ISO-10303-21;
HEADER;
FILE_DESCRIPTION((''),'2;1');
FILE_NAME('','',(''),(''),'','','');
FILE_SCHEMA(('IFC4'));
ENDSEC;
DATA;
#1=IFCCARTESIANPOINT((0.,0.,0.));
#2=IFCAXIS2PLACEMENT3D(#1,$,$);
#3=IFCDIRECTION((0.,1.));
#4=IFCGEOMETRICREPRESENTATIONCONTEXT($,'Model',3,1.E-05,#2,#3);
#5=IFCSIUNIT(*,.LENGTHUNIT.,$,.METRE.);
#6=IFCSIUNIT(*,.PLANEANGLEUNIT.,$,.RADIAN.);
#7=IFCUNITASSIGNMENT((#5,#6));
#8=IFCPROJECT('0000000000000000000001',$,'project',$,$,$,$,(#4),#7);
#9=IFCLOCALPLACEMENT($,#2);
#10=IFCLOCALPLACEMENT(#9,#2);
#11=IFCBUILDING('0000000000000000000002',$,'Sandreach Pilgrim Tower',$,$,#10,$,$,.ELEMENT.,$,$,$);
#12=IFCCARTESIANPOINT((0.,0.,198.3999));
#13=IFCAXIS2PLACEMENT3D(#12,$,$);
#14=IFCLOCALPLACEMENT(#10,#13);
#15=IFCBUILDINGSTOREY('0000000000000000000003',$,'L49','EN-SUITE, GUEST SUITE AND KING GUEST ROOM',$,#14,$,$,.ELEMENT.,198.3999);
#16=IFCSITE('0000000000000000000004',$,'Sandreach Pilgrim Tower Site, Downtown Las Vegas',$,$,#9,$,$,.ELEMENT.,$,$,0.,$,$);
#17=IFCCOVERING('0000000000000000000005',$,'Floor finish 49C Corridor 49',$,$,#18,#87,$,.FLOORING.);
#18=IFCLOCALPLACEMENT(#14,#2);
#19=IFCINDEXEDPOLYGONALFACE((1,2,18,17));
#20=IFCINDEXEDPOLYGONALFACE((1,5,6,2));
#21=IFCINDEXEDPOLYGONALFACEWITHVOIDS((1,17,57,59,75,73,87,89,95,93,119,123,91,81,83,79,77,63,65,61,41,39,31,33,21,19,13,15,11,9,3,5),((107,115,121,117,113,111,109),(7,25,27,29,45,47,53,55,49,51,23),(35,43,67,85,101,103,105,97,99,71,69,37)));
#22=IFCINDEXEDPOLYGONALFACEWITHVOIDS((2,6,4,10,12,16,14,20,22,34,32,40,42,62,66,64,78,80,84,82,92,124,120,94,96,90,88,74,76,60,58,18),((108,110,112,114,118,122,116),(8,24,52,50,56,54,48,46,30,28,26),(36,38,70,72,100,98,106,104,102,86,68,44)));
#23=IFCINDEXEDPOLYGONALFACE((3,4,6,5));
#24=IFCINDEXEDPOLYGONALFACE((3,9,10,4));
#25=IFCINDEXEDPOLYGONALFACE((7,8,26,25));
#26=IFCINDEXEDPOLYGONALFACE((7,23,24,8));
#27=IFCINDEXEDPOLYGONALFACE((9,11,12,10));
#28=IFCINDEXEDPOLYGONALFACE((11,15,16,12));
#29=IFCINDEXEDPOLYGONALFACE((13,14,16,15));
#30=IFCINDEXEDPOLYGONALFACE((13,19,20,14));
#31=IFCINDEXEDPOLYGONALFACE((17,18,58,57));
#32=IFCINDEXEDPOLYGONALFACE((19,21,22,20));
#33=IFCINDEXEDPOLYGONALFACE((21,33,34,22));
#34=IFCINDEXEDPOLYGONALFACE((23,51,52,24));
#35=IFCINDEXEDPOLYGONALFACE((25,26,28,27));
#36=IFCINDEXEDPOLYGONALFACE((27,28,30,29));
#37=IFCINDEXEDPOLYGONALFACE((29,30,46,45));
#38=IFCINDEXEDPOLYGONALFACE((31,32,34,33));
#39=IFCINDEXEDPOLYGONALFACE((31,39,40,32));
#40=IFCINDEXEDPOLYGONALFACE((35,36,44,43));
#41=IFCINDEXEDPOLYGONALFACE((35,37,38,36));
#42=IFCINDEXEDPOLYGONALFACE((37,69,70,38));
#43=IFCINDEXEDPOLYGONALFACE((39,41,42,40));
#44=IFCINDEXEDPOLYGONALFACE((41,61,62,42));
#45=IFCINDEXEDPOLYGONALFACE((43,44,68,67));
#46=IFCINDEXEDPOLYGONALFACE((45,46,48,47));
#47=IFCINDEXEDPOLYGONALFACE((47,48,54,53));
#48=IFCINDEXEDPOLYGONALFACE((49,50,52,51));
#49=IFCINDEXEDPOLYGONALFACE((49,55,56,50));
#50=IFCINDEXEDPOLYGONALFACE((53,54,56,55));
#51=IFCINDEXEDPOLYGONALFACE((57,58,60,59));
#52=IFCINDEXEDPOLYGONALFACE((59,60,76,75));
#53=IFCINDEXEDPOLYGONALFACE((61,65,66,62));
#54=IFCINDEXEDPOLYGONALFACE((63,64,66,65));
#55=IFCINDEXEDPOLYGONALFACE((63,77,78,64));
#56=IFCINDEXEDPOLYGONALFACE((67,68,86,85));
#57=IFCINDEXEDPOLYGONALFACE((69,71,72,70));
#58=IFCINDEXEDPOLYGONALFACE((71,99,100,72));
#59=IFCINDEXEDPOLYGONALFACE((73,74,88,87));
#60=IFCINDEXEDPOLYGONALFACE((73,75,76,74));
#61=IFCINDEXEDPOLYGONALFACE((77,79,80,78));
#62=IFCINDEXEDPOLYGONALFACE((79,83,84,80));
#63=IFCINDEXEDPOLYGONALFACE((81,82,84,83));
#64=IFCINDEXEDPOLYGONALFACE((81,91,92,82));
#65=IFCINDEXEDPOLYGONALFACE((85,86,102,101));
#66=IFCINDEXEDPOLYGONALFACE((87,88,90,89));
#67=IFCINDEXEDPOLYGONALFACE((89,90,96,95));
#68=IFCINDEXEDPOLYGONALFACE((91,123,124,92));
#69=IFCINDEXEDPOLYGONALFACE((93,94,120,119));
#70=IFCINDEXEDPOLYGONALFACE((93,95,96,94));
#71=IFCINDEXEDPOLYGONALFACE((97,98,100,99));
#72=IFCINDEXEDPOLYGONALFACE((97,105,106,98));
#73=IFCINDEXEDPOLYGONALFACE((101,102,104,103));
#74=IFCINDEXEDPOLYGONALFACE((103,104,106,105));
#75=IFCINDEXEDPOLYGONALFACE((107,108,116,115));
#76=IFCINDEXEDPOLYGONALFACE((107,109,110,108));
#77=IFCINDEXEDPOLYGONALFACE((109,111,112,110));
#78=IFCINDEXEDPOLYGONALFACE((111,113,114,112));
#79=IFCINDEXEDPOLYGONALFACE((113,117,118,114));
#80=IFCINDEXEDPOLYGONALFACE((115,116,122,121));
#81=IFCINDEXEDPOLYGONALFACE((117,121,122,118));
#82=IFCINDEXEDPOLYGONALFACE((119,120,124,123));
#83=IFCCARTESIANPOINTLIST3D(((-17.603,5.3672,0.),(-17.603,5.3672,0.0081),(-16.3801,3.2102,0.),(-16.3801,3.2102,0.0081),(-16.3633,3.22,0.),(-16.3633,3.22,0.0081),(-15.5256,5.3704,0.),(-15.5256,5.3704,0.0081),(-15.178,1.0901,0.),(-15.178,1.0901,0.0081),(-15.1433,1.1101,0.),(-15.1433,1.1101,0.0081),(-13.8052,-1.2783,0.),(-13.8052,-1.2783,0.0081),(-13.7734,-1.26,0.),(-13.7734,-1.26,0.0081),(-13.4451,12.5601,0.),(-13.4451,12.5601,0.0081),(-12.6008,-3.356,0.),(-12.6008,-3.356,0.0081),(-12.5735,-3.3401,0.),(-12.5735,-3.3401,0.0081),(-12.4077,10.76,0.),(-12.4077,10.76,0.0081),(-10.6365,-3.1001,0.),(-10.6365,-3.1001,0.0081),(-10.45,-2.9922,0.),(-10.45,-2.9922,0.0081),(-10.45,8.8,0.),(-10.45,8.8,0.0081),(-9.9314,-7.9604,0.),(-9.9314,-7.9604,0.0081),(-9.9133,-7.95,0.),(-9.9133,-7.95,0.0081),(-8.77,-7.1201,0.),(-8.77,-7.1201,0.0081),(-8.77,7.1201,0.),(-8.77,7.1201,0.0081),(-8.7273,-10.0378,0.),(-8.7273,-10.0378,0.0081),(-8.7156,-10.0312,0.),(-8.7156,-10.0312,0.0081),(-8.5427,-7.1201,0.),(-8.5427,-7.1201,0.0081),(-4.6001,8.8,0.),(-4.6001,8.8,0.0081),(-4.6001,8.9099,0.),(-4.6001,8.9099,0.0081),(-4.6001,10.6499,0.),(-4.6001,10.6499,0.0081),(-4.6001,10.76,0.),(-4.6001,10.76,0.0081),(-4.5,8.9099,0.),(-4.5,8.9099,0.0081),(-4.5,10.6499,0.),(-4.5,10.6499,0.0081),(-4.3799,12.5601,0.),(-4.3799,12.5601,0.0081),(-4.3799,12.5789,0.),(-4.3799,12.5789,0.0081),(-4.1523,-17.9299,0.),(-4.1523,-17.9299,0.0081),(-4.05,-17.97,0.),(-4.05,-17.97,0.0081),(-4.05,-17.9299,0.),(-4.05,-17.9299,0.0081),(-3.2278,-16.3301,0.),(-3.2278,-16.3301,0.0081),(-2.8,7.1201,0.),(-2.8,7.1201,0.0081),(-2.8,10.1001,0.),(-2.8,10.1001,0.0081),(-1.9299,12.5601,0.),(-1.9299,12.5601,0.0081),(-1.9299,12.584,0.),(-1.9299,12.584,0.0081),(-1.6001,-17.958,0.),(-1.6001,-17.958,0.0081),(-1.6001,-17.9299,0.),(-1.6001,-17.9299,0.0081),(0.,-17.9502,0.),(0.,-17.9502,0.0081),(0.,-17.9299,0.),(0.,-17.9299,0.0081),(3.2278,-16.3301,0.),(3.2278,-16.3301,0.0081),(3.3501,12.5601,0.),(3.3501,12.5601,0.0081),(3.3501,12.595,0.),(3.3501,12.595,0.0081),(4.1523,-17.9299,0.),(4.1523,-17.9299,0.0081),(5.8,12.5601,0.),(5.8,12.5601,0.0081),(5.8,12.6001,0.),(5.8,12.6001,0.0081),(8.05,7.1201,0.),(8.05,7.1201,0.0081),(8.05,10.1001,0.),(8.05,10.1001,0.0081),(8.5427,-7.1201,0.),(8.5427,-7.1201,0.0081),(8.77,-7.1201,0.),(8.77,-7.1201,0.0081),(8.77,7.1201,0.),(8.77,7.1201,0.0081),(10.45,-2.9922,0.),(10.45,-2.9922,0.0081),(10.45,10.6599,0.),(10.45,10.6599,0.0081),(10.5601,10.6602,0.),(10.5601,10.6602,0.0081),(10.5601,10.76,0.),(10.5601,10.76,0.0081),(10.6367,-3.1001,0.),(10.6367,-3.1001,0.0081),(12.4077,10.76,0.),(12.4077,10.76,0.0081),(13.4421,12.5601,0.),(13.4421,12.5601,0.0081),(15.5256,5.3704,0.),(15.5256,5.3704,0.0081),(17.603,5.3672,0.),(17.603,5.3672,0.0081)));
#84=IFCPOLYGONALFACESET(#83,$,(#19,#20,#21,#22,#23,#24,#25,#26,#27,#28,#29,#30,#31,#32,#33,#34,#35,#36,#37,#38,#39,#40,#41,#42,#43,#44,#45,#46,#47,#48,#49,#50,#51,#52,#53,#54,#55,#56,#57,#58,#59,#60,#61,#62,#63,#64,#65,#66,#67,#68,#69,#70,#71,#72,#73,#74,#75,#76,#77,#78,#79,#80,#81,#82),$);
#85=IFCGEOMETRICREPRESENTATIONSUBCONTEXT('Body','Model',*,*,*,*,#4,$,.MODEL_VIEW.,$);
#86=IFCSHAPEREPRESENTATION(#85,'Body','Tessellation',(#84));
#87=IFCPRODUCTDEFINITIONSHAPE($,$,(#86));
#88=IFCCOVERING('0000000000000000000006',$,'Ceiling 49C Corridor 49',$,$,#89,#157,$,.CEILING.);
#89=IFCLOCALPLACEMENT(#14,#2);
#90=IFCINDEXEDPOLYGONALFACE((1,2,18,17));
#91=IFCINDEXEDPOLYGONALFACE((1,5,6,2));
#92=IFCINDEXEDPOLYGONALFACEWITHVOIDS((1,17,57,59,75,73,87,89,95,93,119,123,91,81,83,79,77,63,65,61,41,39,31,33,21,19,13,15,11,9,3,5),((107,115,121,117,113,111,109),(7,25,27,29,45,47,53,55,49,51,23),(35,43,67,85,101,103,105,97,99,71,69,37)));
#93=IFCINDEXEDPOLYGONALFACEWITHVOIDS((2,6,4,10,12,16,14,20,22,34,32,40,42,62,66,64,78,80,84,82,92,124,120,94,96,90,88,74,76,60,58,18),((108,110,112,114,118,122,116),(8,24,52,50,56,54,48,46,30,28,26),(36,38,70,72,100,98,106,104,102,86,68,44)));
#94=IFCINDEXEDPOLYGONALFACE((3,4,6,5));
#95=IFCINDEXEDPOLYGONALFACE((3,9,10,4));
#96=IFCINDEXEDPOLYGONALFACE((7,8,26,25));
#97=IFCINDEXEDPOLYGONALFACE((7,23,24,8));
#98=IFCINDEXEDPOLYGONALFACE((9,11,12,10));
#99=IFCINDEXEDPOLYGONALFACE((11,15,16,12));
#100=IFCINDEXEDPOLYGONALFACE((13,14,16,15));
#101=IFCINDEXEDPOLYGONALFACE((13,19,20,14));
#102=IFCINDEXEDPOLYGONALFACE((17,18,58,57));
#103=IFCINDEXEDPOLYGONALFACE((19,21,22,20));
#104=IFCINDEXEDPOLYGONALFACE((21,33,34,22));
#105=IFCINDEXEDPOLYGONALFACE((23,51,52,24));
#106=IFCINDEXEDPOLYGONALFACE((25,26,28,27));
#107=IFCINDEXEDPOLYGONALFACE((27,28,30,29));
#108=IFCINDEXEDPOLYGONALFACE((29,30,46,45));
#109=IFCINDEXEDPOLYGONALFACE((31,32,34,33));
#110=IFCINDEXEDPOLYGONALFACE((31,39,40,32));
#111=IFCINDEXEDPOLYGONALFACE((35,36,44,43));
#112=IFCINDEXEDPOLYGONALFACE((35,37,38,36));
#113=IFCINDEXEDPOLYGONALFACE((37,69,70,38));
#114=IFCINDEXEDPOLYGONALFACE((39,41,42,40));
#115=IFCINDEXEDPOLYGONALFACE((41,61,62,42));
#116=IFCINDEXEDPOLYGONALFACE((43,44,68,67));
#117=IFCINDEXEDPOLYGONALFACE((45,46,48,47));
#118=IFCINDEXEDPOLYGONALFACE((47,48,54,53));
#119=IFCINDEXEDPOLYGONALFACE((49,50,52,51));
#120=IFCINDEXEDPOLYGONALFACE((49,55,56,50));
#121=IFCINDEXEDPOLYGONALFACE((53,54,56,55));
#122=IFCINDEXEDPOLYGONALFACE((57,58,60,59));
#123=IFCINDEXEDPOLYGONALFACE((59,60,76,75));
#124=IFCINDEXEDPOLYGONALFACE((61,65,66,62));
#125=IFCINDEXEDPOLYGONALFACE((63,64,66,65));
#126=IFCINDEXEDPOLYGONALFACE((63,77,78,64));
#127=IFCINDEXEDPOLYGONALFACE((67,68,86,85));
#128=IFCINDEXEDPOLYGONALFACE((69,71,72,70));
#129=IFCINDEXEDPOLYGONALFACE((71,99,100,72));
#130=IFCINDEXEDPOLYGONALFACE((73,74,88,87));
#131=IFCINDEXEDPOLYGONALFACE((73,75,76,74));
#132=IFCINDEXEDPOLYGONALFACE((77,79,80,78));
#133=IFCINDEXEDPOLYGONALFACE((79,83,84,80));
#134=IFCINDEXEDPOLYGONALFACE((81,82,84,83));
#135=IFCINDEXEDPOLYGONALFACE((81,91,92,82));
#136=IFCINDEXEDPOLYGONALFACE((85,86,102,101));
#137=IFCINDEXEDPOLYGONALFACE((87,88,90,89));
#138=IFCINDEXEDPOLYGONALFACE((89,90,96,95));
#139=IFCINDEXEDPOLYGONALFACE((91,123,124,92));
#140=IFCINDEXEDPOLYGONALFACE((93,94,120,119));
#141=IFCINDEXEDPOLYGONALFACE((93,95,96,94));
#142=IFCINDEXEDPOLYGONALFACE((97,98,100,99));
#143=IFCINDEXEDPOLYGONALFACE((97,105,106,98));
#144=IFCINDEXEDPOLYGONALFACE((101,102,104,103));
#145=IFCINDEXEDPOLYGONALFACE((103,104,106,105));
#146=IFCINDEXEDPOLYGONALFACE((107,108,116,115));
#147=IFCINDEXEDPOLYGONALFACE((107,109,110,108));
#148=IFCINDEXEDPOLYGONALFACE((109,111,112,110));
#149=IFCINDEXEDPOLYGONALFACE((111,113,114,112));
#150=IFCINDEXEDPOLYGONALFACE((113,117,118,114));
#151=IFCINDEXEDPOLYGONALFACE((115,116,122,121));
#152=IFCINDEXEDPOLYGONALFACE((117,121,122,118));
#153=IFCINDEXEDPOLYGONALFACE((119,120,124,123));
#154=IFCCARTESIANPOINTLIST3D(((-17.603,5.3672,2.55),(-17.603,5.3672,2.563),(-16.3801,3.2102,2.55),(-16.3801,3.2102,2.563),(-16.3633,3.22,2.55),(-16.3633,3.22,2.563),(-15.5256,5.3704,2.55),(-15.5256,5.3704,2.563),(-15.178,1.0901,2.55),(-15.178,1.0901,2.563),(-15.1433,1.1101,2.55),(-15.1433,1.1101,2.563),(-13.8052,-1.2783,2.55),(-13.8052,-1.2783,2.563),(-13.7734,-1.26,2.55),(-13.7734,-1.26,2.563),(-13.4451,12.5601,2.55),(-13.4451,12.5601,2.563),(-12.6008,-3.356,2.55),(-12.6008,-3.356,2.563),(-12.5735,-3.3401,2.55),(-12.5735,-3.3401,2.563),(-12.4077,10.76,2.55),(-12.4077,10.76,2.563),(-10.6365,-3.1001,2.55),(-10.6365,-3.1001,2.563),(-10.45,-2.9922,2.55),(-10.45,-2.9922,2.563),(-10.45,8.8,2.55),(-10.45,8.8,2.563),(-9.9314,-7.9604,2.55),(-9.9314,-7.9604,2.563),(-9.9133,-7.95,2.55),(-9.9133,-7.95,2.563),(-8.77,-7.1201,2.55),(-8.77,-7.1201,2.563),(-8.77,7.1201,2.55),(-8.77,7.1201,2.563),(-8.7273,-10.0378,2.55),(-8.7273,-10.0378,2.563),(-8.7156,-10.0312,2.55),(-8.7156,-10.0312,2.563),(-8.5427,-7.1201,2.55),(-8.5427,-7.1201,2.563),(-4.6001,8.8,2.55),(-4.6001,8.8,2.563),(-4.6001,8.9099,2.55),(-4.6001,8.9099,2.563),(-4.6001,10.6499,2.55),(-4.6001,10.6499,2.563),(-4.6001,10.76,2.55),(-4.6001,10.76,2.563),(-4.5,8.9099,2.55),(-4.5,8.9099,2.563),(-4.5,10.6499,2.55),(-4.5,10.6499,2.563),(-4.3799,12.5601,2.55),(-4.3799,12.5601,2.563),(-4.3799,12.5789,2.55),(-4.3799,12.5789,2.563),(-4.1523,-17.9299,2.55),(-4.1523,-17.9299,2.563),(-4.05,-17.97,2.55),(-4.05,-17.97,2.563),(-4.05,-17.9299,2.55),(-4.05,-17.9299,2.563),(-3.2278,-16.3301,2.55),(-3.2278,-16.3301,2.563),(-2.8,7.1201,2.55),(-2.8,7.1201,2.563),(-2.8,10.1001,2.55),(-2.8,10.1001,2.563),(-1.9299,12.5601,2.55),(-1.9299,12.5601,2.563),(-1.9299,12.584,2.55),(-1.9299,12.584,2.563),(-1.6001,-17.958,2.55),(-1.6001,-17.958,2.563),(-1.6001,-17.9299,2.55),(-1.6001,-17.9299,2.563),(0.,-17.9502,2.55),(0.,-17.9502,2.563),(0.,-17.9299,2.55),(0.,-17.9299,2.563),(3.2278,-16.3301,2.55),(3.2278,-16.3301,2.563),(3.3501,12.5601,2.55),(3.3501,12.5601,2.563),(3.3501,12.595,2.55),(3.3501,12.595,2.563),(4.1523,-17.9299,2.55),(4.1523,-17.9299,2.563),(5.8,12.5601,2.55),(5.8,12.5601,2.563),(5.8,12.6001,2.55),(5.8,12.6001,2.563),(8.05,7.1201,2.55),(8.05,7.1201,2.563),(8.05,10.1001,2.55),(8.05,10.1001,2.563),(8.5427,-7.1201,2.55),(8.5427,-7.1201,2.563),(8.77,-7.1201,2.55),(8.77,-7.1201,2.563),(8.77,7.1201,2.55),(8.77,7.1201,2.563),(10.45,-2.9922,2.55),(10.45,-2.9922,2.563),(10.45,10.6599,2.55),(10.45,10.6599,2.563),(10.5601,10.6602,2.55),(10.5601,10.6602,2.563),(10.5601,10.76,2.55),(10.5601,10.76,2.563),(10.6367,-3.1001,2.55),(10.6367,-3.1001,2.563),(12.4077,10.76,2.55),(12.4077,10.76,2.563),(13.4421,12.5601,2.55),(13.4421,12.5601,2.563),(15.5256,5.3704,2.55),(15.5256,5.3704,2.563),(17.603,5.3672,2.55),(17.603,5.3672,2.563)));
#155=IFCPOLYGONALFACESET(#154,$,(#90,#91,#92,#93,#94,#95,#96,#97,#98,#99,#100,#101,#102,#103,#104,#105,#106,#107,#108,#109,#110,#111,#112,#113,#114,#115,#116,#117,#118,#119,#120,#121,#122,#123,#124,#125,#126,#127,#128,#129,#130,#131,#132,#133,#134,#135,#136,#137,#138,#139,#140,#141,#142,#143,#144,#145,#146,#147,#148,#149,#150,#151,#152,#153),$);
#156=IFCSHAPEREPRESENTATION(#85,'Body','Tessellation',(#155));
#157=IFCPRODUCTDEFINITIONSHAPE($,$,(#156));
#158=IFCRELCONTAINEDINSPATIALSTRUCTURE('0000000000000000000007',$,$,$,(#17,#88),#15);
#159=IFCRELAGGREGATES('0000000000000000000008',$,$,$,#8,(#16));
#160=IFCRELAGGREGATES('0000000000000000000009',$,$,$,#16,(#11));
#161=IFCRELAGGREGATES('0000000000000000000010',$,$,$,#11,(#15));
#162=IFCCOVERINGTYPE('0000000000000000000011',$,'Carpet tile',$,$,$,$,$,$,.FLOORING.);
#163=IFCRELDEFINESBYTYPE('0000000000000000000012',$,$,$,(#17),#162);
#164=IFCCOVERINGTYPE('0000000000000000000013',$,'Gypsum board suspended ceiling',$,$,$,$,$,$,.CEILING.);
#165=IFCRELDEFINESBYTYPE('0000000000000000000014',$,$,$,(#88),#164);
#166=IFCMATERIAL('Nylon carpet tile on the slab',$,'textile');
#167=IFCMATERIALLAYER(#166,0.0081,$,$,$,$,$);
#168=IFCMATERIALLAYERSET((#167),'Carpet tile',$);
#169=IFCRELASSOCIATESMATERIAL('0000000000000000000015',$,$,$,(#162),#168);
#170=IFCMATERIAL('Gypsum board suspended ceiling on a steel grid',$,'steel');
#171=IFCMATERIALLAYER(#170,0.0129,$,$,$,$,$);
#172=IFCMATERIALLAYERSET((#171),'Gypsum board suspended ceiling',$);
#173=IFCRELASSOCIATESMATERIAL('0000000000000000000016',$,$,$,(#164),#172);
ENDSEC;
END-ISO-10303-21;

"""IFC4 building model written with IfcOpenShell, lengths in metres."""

from ifc_helpers import new_model, si_unit, direction, frame, origin, place, context, subcontext, project, spatial, polyline, outline, extrude, material, layer, layer_set, type_object, element, save


model = new_model("IFC4")

# Units and contexts
model_context = context("Model", 3, precision=1e-05, world=origin(), true_north=direction((0.0, 1.0)))
body_context = subcontext(model_context, "Body", "Model", "MODEL_VIEW")
ifc_project = project(units=[si_unit("LENGTHUNIT", "METRE"), si_unit("PLANEANGLEUNIT", "RADIAN")], contexts=[model_context])

# Site, building, storey
site_placement = place(None, origin())
site = spatial("IfcSite", under=ifc_project, at=site_placement, Name="Sandreach Pilgrim Tower Site, Downtown Las Vegas", CompositionType="ELEMENT", RefElevation=0.0)
building_placement = place(site_placement, origin())
building = spatial("IfcBuilding", under=site, at=building_placement, Name="Sandreach Pilgrim Tower", CompositionType="ELEMENT")
storey_placement = place(building_placement, frame((0.0, 0.0, 198.3999)))
storey = spatial("IfcBuildingStorey", under=building, at=storey_placement, Name="L49", Description="EN-SUITE, GUEST SUITE AND KING GUEST ROOM", CompositionType="ELEMENT", Elevation=198.3999)

# Coverings
ifc_material_1 = material(Name="Nylon carpet tile on the slab", Category="textile")
ifc_layer_1 = layer(ifc_material_1, 0.0081)
ifc_layer_set_1 = layer_set([ifc_layer_1], Name="Carpet tile")
covering_type_1 = type_object("IfcCoveringType", Name="Carpet tile", PredefinedType="FLOORING", material=ifc_layer_set_1)
covering_1_placement = place(storey_placement, origin())
element("IfcCovering", 1, at=covering_1_placement, inside=storey, type_object=covering_type_1, Name="Floor finish 49C Corridor 49", PredefinedType="FLOORING", context=body_context, shape_type="SweptSolid", body=[
    extrude(outline(polyline([(-17.603, 5.3672), (-13.4451, 12.5601), (-4.3799, 12.5601), (-4.3799, 12.5789), (-1.9299, 12.584), (-1.9299, 12.5601), (3.3501, 12.5601), (3.3501, 12.595), (5.8, 12.6001), (5.8, 12.5601), (13.4421, 12.5601), (17.603, 5.3672), (4.1523, -17.9299), (0.0, -17.9502), (0.0, -17.9299), (-1.6001, -17.9299), (-1.6001, -17.958), (-4.05, -17.97), (-4.05, -17.9299), (-4.1523, -17.9299), (-8.7156, -10.0312), (-8.7273, -10.0378), (-9.9314, -7.9604), (-9.9133, -7.95), (-12.5735, -3.3401), (-12.6008, -3.356), (-13.8052, -1.2783), (-13.7734, -1.26), (-15.1433, 1.1101), (-15.178, 1.0901), (-16.3801, 3.2102), (-16.3633, 3.22), (-17.603, 5.3672)]), holes=[polyline([(10.45, 10.6599), (10.45, -2.9922), (10.6367, -3.1001), (15.5256, 5.3704), (12.4077, 10.76), (10.5601, 10.76), (10.5601, 10.6602), (10.45, 10.6599)]), polyline([(-3.2278, -16.3301), (3.2278, -16.3301), (8.5427, -7.1201), (8.77, -7.1201), (8.77, 7.1201), (8.05, 7.1201), (8.05, 10.1001), (-2.8, 10.1001), (-2.8, 7.1201), (-8.77, 7.1201), (-8.77, -7.1201), (-8.5427, -7.1201), (-3.2278, -16.3301)]), polyline([(-15.5256, 5.3704), (-10.6365, -3.1001), (-10.45, -2.9922), (-10.45, 8.8), (-4.6001, 8.8), (-4.6001, 8.9099), (-4.5, 8.9099), (-4.5, 10.6499), (-4.6001, 10.6499), (-4.6001, 10.76), (-12.4077, 10.76), (-15.5256, 5.3704)])]), origin(), (0.0, 0.0, 1.0), 0.0081),
])
ifc_material_2 = material(Name="Gypsum board suspended ceiling on a steel grid", Category="steel")
ifc_layer_2 = layer(ifc_material_2, 0.0129)
ifc_layer_set_2 = layer_set([ifc_layer_2], Name="Gypsum board suspended ceiling")
covering_type_2 = type_object("IfcCoveringType", Name="Gypsum board suspended ceiling", PredefinedType="CEILING", material=ifc_layer_set_2)
covering_2_placement = place(storey_placement, frame((0.0, 0.0, 2.55)))
element("IfcCovering", 2, at=covering_2_placement, inside=storey, type_object=covering_type_2, Name="Ceiling 49C Corridor 49", PredefinedType="CEILING", context=body_context, shape_type="SweptSolid", body=[
    extrude(outline(polyline([(-17.603, 5.3672), (-13.4451, 12.5601), (-4.3799, 12.5601), (-4.3799, 12.5789), (-1.9299, 12.584), (-1.9299, 12.5601), (3.3501, 12.5601), (3.3501, 12.595), (5.8, 12.6001), (5.8, 12.5601), (13.4421, 12.5601), (17.603, 5.3672), (4.1523, -17.9299), (0.0, -17.9502), (0.0, -17.9299), (-1.6001, -17.9299), (-1.6001, -17.958), (-4.05, -17.97), (-4.05, -17.9299), (-4.1523, -17.9299), (-8.7156, -10.0312), (-8.7273, -10.0378), (-9.9314, -7.9604), (-9.9133, -7.95), (-12.5735, -3.3401), (-12.6008, -3.356), (-13.8052, -1.2783), (-13.7734, -1.26), (-15.1433, 1.1101), (-15.178, 1.0901), (-16.3801, 3.2102), (-16.3633, 3.22), (-17.603, 5.3672)]), holes=[polyline([(10.45, 10.6599), (10.45, -2.9922), (10.6367, -3.1001), (15.5256, 5.3704), (12.4077, 10.76), (10.5601, 10.76), (10.5601, 10.6602), (10.45, 10.6599)]), polyline([(-3.2278, -16.3301), (3.2278, -16.3301), (8.5427, -7.1201), (8.77, -7.1201), (8.77, 7.1201), (8.05, 7.1201), (8.05, 10.1001), (-2.8, 10.1001), (-2.8, 7.1201), (-8.77, 7.1201), (-8.77, -7.1201), (-8.5427, -7.1201), (-3.2278, -16.3301)]), polyline([(-15.5256, 5.3704), (-10.6365, -3.1001), (-10.45, -2.9922), (-10.45, 8.8), (-4.6001, 8.8), (-4.6001, 8.9099), (-4.5, 8.9099), (-4.5, 10.6499), (-4.6001, 10.6499), (-4.6001, 10.76), (-12.4077, 10.76), (-15.5256, 5.3704)])]), origin(), (0.0, 0.0, 1.0), 0.0129),
])

save(model, "model.ifc")
